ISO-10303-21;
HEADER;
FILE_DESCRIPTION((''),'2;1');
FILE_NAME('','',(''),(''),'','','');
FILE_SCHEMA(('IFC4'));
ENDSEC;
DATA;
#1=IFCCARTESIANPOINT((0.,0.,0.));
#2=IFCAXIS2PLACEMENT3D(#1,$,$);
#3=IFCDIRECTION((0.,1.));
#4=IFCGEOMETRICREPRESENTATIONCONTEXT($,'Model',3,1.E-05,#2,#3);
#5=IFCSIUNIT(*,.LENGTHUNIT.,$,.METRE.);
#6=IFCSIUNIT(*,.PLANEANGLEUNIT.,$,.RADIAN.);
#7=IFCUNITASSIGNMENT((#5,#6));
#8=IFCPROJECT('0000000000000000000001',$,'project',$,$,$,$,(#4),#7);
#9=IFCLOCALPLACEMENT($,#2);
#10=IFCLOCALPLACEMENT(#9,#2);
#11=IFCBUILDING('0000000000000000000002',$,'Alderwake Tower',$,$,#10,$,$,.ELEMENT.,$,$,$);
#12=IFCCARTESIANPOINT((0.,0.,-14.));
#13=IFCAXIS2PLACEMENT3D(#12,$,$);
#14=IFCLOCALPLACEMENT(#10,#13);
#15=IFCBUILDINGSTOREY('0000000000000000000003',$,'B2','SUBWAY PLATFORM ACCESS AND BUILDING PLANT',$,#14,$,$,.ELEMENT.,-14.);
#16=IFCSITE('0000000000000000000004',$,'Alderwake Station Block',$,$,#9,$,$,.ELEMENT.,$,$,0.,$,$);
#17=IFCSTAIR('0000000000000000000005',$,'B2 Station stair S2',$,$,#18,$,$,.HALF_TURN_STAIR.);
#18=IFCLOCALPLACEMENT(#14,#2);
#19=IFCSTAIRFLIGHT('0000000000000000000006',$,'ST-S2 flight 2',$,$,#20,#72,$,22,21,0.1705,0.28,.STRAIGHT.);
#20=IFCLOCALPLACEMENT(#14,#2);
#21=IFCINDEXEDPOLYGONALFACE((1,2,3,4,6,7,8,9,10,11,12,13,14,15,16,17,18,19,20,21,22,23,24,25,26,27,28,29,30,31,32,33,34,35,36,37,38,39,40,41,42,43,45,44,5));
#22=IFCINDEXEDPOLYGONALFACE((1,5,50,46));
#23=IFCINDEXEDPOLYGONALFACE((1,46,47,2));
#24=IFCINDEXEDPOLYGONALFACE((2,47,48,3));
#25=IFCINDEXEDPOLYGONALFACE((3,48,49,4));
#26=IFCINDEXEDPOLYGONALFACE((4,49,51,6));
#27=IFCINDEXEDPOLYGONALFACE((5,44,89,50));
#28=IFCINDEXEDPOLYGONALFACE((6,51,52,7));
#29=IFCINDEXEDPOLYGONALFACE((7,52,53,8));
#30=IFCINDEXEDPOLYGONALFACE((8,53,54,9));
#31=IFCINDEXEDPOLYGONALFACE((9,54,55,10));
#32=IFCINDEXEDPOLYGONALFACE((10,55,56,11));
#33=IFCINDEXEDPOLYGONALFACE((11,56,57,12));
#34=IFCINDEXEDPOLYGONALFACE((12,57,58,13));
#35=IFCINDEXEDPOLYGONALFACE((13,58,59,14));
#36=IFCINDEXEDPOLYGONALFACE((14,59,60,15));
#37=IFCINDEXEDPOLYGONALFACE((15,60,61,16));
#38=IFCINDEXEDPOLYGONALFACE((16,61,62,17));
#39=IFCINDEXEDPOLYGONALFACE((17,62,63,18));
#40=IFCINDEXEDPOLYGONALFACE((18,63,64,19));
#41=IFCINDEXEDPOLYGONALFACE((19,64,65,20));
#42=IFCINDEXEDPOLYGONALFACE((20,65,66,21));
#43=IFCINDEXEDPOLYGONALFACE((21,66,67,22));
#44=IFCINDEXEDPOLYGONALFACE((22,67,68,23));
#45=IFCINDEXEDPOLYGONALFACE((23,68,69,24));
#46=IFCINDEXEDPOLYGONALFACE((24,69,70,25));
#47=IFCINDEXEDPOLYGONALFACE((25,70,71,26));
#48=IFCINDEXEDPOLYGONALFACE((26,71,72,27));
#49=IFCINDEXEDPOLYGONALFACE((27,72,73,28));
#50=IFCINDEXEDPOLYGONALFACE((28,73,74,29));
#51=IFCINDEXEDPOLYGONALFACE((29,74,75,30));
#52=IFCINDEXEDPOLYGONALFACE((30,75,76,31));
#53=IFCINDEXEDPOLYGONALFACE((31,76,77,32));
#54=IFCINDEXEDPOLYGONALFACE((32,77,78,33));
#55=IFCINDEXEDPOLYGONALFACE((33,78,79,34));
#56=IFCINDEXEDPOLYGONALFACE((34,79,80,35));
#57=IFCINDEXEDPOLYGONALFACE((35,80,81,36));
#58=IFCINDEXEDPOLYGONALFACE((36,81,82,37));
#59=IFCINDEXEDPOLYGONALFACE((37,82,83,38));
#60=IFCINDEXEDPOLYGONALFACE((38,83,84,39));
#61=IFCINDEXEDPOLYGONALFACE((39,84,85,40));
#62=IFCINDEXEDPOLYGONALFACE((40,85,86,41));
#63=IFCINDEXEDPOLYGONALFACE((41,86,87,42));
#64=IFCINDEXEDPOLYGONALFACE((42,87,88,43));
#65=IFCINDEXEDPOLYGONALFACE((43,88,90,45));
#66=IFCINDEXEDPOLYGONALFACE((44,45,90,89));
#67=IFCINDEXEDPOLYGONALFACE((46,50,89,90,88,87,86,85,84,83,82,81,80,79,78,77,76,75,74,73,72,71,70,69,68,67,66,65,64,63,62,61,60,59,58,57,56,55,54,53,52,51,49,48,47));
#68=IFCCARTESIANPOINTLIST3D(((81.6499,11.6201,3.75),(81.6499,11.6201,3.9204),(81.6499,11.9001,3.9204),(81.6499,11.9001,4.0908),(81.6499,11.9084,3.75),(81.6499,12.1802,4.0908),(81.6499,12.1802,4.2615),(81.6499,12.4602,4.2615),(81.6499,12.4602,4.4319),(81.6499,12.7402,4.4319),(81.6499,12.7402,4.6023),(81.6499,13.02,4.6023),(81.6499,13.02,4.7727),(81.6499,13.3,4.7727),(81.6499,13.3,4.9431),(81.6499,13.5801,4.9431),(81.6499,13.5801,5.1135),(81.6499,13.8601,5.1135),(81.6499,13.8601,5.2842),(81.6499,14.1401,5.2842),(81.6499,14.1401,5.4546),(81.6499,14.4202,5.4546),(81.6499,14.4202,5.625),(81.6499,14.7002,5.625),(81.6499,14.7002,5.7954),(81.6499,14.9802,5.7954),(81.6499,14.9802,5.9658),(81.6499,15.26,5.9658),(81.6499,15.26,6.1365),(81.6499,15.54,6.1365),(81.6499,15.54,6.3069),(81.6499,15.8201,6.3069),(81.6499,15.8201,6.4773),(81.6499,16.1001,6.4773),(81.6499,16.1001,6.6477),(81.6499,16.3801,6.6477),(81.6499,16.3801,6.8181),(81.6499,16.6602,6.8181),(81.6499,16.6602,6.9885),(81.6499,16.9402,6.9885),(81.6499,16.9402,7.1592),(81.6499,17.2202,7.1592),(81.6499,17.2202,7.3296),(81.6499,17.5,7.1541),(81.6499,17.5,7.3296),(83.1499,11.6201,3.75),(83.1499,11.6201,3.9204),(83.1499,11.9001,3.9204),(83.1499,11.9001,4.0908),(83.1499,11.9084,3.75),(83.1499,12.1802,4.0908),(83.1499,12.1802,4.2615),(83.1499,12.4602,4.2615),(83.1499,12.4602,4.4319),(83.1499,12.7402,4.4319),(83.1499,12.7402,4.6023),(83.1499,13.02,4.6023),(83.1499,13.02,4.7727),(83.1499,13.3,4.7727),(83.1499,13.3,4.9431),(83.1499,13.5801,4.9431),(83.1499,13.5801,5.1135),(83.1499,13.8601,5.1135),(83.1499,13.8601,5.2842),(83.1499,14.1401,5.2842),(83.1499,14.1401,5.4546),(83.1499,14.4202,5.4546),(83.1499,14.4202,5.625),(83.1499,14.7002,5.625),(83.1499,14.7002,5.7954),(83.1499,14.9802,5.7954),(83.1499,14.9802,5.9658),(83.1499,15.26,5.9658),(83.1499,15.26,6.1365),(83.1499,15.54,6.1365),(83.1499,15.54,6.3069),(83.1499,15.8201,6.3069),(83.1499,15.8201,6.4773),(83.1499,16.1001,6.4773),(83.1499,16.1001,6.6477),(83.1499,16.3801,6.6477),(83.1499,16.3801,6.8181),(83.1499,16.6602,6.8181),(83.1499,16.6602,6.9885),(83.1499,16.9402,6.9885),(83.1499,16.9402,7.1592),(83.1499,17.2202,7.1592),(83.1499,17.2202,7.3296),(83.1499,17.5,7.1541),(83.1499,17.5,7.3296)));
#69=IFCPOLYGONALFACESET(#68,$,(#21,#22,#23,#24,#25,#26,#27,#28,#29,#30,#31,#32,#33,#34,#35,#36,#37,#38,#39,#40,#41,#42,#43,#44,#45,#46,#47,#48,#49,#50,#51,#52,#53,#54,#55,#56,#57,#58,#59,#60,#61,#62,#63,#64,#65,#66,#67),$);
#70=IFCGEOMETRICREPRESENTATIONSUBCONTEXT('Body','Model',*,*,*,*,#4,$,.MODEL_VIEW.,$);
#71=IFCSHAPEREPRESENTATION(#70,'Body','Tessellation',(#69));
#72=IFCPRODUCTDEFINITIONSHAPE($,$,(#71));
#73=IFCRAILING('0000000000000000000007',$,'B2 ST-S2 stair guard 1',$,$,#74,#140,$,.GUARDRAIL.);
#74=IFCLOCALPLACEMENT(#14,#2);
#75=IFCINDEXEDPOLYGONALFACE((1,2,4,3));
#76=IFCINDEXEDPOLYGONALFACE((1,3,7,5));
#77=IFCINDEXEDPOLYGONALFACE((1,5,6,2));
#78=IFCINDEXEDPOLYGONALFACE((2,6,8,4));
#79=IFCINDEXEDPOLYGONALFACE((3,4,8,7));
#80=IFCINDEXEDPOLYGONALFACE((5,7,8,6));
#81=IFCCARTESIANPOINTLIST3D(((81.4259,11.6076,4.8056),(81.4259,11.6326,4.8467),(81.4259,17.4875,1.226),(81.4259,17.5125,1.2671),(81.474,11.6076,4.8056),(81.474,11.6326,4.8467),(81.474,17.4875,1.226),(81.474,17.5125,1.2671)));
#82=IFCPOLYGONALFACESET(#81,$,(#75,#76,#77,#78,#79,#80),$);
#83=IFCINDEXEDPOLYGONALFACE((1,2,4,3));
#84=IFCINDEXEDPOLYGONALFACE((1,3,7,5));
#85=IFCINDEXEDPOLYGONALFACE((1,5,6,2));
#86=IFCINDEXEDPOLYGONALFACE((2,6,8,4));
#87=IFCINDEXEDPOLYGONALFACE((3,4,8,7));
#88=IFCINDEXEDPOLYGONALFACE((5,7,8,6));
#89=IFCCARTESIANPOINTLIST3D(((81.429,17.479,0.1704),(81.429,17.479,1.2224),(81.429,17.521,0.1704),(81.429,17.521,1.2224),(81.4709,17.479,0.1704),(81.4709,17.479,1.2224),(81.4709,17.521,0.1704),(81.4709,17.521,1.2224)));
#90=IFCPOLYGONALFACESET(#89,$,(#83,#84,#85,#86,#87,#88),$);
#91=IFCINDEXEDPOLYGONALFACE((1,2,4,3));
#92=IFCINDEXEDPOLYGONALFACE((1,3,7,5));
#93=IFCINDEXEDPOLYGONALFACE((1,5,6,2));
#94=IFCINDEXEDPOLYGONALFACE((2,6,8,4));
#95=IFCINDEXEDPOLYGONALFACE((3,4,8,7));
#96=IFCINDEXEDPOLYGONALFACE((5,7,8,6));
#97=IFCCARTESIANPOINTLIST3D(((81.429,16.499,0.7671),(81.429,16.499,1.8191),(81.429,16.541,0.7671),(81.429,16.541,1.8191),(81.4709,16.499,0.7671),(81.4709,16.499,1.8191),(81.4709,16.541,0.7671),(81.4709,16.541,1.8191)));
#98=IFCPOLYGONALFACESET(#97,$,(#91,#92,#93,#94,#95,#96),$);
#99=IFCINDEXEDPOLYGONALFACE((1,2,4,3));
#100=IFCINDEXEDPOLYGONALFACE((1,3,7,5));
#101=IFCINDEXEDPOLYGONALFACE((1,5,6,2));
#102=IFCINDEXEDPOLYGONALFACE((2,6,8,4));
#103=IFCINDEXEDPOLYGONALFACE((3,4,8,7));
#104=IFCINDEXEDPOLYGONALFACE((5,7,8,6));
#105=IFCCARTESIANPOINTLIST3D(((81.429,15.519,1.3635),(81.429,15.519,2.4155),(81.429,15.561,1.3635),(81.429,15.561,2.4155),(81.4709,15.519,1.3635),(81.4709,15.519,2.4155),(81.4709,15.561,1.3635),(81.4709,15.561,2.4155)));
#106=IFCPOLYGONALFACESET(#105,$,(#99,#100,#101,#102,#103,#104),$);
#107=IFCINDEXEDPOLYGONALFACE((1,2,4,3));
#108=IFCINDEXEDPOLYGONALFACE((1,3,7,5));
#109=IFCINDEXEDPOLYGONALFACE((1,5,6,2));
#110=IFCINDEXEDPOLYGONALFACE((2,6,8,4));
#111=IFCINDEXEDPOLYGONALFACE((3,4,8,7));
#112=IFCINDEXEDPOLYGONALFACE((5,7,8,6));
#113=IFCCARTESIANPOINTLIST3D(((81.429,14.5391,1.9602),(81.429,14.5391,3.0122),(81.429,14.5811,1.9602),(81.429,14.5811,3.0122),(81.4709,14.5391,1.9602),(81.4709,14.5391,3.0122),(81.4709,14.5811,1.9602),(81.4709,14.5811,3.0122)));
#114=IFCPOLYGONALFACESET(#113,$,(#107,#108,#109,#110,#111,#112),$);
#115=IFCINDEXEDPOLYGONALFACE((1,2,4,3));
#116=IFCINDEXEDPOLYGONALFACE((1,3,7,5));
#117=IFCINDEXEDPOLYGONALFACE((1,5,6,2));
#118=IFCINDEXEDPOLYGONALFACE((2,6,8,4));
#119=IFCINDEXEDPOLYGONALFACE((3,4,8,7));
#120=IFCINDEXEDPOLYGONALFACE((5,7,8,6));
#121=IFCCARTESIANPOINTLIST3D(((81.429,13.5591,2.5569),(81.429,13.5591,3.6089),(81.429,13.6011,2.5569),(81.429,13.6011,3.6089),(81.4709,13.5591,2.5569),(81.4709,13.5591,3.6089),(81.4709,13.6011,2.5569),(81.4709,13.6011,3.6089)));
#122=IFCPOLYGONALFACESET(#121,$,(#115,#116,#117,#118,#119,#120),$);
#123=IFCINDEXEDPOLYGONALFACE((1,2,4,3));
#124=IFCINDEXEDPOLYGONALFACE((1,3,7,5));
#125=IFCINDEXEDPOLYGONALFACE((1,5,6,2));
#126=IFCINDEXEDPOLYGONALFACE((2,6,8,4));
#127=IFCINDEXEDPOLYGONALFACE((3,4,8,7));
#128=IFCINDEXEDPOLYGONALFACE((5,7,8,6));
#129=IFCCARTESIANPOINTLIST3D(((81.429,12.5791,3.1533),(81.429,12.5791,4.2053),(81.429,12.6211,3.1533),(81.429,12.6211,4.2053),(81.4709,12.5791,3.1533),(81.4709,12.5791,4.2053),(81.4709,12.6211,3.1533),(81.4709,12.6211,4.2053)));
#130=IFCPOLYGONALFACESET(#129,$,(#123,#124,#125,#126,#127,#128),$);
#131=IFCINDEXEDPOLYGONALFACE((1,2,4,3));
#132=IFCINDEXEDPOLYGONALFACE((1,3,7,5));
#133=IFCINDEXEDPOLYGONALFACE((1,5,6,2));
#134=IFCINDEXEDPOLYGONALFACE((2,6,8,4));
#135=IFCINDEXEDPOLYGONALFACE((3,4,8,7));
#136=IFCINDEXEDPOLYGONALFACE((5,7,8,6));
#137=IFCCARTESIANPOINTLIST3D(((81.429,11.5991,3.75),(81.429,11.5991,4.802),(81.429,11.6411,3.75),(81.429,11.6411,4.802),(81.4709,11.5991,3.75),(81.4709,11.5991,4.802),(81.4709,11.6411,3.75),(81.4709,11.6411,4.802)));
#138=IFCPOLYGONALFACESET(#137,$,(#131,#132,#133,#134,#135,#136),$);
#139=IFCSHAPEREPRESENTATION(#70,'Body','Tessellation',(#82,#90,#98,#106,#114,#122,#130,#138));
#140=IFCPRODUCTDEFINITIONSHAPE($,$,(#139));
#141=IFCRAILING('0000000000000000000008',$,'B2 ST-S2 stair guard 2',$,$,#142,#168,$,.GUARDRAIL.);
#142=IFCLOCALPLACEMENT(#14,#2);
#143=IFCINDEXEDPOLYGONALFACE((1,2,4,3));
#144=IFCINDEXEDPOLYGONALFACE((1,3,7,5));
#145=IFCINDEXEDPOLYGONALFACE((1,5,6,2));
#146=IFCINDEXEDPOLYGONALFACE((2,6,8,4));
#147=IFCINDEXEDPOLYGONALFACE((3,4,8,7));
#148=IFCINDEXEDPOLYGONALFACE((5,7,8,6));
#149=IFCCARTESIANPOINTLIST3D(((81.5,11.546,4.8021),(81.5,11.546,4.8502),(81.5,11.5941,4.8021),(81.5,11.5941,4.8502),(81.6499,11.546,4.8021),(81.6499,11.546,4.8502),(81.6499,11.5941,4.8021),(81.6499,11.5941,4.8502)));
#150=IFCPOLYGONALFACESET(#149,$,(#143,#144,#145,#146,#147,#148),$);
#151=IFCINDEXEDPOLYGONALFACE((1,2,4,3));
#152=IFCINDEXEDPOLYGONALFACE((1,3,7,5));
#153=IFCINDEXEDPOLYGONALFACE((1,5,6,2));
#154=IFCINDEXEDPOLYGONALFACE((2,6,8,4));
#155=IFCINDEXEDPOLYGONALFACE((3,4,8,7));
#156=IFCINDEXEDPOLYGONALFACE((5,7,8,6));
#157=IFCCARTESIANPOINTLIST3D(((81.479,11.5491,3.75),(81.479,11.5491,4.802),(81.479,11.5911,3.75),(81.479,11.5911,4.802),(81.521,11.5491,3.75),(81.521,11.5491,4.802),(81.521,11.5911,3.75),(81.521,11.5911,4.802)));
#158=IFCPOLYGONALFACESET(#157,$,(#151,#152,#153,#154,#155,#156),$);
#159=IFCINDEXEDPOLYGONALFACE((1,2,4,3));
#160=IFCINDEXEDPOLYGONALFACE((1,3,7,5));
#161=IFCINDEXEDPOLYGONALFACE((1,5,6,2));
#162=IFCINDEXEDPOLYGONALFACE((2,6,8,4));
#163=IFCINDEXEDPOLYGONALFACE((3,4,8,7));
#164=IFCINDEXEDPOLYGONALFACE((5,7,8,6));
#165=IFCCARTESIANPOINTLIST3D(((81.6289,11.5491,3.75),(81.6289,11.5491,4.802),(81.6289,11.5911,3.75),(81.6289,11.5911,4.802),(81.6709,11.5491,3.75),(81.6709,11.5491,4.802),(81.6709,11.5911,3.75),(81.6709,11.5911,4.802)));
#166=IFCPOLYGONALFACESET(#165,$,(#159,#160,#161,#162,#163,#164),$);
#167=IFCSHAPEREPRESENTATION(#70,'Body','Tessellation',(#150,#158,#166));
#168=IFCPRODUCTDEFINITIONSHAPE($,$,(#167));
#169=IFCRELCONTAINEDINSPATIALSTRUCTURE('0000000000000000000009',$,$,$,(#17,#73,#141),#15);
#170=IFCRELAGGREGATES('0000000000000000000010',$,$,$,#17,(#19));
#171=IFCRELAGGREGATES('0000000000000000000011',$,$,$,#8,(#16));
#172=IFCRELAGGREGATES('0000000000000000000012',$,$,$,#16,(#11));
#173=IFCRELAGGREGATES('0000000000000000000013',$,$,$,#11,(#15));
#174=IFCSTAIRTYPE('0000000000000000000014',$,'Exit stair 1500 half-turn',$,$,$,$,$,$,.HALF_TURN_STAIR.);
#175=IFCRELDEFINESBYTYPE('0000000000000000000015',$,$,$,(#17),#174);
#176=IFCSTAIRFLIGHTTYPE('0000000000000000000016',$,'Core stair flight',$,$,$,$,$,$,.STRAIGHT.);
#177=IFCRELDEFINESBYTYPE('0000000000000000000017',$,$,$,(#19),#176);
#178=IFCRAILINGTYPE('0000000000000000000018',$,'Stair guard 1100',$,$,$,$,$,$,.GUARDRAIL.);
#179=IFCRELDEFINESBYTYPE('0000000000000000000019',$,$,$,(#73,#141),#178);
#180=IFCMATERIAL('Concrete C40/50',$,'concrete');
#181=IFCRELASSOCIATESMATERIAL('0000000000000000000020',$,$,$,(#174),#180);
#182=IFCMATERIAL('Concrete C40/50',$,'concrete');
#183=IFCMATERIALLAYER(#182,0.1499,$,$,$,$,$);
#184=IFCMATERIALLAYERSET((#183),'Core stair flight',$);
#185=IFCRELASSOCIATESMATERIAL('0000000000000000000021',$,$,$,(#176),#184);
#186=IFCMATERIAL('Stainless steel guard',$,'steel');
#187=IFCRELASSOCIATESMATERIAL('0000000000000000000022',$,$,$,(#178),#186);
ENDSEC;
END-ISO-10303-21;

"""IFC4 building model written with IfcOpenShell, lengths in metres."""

from ifc_helpers import new_model, si_unit, direction, frame, origin, origin_with_axes, origin_2d, place, context, subcontext, project, spatial, polyline, rectangle, outline, extrude, material, layer, layer_set, type_object, element, aggregate, save


model = new_model("IFC4")

# Units and contexts
model_context = context("Model", 3, precision=1e-05, world=origin(), true_north=direction((0.0, 1.0)))
body_context = subcontext(model_context, "Body", "Model", "MODEL_VIEW")
ifc_project = project(units=[si_unit("LENGTHUNIT", "METRE"), si_unit("PLANEANGLEUNIT", "RADIAN")], contexts=[model_context])

# Site, building, storey
site_placement = place(None, origin())
site = spatial("IfcSite", under=ifc_project, at=site_placement, Name="Alderwake Station Block", CompositionType="ELEMENT", RefElevation=0.0)
building_placement = place(site_placement, origin())
building = spatial("IfcBuilding", under=site, at=building_placement, Name="Alderwake Tower", CompositionType="ELEMENT")
storey_placement = place(building_placement, frame((0.0, 0.0, -14.0)))
storey = spatial("IfcBuildingStorey", under=building, at=storey_placement, Name="B2", Description="SUBWAY PLATFORM ACCESS AND BUILDING PLANT", CompositionType="ELEMENT", Elevation=-14.0)

# Stair, stair flight
ifc_material_1 = material(Name="Concrete C40/50", Category="concrete")
stair_type = type_object("IfcStairType", Name="Exit stair 1500 half-turn", PredefinedType="HALF_TURN_STAIR", material=ifc_material_1)
stair_placement = place(storey_placement, origin())
stair = element("IfcStair", 1, at=stair_placement, inside=storey, type_object=stair_type, Name="B2 Station stair S2", PredefinedType="HALF_TURN_STAIR")
ifc_material_2 = material(Name="Concrete C40/50", Category="concrete")
ifc_layer_1 = layer(ifc_material_2, 0.1499)
ifc_layer_set_1 = layer_set([ifc_layer_1], Name="Core stair flight")
stair_flight_type = type_object("IfcStairFlightType", Name="Core stair flight", PredefinedType="STRAIGHT", material=ifc_layer_set_1)
stair_flight_1_placement = place(storey_placement, frame((82.3999, 11.6201, 3.75), z_axis=(0.0, 0.0, 1.0), x_axis=(0.0, 1.0, 0.0)))
stair_flight_1 = element("IfcStairFlight", 2, at=stair_flight_1_placement, type_object=stair_flight_type, Name="ST-S2 flight 2", NumberOfRisers=22, NumberOfTreads=21, PredefinedType="STRAIGHT", RiserHeight=0.1705, TreadLength=0.28, context=body_context, shape_type="SweptSolid", body=[
    extrude(outline(polyline([(0.0, 0.0), (0.0, 0.1704), (0.28, 0.1704), (0.28, 0.3408), (0.5601, 0.3408), (0.5601, 0.5115), (0.8401, 0.5115), (0.8401, 0.6819), (1.1201, 0.6819), (1.1201, 0.8523), (1.3999, 0.8523), (1.3999, 1.0227), (1.6799, 1.0227), (1.6799, 1.1931), (1.96, 1.1931), (1.96, 1.3635), (2.24, 1.3635), (2.24, 1.5342), (2.52, 1.5342), (2.52, 1.7046), (2.8, 1.7046), (2.8, 1.875), (3.0801, 1.875), (3.0801, 2.0454), (3.3601, 2.0454), (3.3601, 2.2158), (3.6399, 2.2158), (3.6399, 2.3865), (3.9199, 2.3865), (3.9199, 2.5569), (4.2, 2.5569), (4.2, 2.7273), (4.48, 2.7273), (4.48, 2.8977), (4.76, 2.8977), (4.76, 3.0681), (5.04, 3.0681), (5.04, 3.2385), (5.3201, 3.2385), (5.3201, 3.4092), (5.6001, 3.4092), (5.6001, 3.5796), (5.8799, 3.5796), (5.8799, 3.75), (5.8799, 3.4041), (0.2883, 0.0), (0.0, 0.0)])), frame((0.0, 0.75, 0.0), z_axis=(0.0, -1.0, 0.0), x_axis=(1.0, 0.0, 0.0)), (0.0, 0.0, 1.0), 1.5),
])
aggregate(stair, [stair_flight_1])

# Railings
ifc_material_3 = material(Name="Stainless steel guard", Category="steel")
railing_type_1 = type_object("IfcRailingType", Name="Stair guard 1100", PredefinedType="GUARDRAIL", material=ifc_material_3)
railing_1_placement = place(storey_placement, frame((81.45, 17.5, 0.1704)))
element("IfcRailing", 3, at=railing_1_placement, inside=storey, type_object=railing_type_1, Name="B2 ST-S2 stair guard 1", PredefinedType="GUARDRAIL", context=body_context, shape_type="SweptSolid", body=[
    extrude(rectangle(XDim=0.0481, YDim=0.0481, at=origin_2d()), frame((0.0, 0.0, 1.0762), z_axis=(0.0, -0.854164, 0.520003), x_axis=(1.0, 0.0, 0.0)), (0.0, 0.0, 1.0), 6.8838),
    extrude(rectangle(XDim=0.042, YDim=0.042, at=origin_2d()), frame((0.0, 0.0, 0.0), z_axis=(0.0, 0.0, 1.0), x_axis=(0.0, -1.0, 0.0)), (0.0, 0.0, 1.0), 1.052),
    extrude(rectangle(XDim=0.042, YDim=0.042, at=origin_2d()), frame((0.0, -0.98, 0.5967), z_axis=(0.0, 0.0, 1.0), x_axis=(0.0, -1.0, 0.0)), (0.0, 0.0, 1.0), 1.052),
    extrude(rectangle(XDim=0.042, YDim=0.042, at=origin_2d()), frame((0.0, -1.96, 1.1931), z_axis=(0.0, 0.0, 1.0), x_axis=(0.0, -1.0, 0.0)), (0.0, 0.0, 1.0), 1.052),
    extrude(rectangle(XDim=0.042, YDim=0.042, at=origin_2d()), frame((0.0, -2.9399, 1.7898), z_axis=(0.0, 0.0, 1.0), x_axis=(0.0, -1.0, 0.0)), (0.0, 0.0, 1.0), 1.052),
    extrude(rectangle(XDim=0.042, YDim=0.042, at=origin_2d()), frame((0.0, -3.9199, 2.3865), z_axis=(0.0, 0.0, 1.0), x_axis=(0.0, -1.0, 0.0)), (0.0, 0.0, 1.0), 1.052),
    extrude(rectangle(XDim=0.042, YDim=0.042, at=origin_2d()), frame((0.0, -4.8999, 2.9829), z_axis=(0.0, 0.0, 1.0), x_axis=(0.0, -1.0, 0.0)), (0.0, 0.0, 1.0), 1.052),
    extrude(rectangle(XDim=0.042, YDim=0.042, at=origin_2d()), frame((0.0, -5.8799, 3.5796), z_axis=(0.0, 0.0, 1.0), x_axis=(0.0, -1.0, 0.0)), (0.0, 0.0, 1.0), 1.052),
])
railing_2_placement = place(storey_placement, frame((81.5, 11.5701, 3.75)))
element("IfcRailing", 4, at=railing_2_placement, inside=storey, type_object=railing_type_1, Name="B2 ST-S2 stair guard 2", PredefinedType="GUARDRAIL", context=body_context, shape_type="SweptSolid", body=[
    extrude(rectangle(XDim=0.0481, YDim=0.0481, at=origin_2d()), frame((0.0, 0.0, 1.0762), z_axis=(1.0, 0.0, 0.0), x_axis=(0.0, 1.0, 0.0)), (0.0, 0.0, 1.0), 0.1499),
    extrude(rectangle(XDim=0.042, YDim=0.042, at=origin_2d()), origin_with_axes(), (0.0, 0.0, 1.0), 1.052),
    extrude(rectangle(XDim=0.042, YDim=0.042, at=origin_2d()), frame((0.1499, 0.0, 0.0), z_axis=(0.0, 0.0, 1.0), x_axis=(1.0, 0.0, 0.0)), (0.0, 0.0, 1.0), 1.052),
])

save(model, "model.ifc")
